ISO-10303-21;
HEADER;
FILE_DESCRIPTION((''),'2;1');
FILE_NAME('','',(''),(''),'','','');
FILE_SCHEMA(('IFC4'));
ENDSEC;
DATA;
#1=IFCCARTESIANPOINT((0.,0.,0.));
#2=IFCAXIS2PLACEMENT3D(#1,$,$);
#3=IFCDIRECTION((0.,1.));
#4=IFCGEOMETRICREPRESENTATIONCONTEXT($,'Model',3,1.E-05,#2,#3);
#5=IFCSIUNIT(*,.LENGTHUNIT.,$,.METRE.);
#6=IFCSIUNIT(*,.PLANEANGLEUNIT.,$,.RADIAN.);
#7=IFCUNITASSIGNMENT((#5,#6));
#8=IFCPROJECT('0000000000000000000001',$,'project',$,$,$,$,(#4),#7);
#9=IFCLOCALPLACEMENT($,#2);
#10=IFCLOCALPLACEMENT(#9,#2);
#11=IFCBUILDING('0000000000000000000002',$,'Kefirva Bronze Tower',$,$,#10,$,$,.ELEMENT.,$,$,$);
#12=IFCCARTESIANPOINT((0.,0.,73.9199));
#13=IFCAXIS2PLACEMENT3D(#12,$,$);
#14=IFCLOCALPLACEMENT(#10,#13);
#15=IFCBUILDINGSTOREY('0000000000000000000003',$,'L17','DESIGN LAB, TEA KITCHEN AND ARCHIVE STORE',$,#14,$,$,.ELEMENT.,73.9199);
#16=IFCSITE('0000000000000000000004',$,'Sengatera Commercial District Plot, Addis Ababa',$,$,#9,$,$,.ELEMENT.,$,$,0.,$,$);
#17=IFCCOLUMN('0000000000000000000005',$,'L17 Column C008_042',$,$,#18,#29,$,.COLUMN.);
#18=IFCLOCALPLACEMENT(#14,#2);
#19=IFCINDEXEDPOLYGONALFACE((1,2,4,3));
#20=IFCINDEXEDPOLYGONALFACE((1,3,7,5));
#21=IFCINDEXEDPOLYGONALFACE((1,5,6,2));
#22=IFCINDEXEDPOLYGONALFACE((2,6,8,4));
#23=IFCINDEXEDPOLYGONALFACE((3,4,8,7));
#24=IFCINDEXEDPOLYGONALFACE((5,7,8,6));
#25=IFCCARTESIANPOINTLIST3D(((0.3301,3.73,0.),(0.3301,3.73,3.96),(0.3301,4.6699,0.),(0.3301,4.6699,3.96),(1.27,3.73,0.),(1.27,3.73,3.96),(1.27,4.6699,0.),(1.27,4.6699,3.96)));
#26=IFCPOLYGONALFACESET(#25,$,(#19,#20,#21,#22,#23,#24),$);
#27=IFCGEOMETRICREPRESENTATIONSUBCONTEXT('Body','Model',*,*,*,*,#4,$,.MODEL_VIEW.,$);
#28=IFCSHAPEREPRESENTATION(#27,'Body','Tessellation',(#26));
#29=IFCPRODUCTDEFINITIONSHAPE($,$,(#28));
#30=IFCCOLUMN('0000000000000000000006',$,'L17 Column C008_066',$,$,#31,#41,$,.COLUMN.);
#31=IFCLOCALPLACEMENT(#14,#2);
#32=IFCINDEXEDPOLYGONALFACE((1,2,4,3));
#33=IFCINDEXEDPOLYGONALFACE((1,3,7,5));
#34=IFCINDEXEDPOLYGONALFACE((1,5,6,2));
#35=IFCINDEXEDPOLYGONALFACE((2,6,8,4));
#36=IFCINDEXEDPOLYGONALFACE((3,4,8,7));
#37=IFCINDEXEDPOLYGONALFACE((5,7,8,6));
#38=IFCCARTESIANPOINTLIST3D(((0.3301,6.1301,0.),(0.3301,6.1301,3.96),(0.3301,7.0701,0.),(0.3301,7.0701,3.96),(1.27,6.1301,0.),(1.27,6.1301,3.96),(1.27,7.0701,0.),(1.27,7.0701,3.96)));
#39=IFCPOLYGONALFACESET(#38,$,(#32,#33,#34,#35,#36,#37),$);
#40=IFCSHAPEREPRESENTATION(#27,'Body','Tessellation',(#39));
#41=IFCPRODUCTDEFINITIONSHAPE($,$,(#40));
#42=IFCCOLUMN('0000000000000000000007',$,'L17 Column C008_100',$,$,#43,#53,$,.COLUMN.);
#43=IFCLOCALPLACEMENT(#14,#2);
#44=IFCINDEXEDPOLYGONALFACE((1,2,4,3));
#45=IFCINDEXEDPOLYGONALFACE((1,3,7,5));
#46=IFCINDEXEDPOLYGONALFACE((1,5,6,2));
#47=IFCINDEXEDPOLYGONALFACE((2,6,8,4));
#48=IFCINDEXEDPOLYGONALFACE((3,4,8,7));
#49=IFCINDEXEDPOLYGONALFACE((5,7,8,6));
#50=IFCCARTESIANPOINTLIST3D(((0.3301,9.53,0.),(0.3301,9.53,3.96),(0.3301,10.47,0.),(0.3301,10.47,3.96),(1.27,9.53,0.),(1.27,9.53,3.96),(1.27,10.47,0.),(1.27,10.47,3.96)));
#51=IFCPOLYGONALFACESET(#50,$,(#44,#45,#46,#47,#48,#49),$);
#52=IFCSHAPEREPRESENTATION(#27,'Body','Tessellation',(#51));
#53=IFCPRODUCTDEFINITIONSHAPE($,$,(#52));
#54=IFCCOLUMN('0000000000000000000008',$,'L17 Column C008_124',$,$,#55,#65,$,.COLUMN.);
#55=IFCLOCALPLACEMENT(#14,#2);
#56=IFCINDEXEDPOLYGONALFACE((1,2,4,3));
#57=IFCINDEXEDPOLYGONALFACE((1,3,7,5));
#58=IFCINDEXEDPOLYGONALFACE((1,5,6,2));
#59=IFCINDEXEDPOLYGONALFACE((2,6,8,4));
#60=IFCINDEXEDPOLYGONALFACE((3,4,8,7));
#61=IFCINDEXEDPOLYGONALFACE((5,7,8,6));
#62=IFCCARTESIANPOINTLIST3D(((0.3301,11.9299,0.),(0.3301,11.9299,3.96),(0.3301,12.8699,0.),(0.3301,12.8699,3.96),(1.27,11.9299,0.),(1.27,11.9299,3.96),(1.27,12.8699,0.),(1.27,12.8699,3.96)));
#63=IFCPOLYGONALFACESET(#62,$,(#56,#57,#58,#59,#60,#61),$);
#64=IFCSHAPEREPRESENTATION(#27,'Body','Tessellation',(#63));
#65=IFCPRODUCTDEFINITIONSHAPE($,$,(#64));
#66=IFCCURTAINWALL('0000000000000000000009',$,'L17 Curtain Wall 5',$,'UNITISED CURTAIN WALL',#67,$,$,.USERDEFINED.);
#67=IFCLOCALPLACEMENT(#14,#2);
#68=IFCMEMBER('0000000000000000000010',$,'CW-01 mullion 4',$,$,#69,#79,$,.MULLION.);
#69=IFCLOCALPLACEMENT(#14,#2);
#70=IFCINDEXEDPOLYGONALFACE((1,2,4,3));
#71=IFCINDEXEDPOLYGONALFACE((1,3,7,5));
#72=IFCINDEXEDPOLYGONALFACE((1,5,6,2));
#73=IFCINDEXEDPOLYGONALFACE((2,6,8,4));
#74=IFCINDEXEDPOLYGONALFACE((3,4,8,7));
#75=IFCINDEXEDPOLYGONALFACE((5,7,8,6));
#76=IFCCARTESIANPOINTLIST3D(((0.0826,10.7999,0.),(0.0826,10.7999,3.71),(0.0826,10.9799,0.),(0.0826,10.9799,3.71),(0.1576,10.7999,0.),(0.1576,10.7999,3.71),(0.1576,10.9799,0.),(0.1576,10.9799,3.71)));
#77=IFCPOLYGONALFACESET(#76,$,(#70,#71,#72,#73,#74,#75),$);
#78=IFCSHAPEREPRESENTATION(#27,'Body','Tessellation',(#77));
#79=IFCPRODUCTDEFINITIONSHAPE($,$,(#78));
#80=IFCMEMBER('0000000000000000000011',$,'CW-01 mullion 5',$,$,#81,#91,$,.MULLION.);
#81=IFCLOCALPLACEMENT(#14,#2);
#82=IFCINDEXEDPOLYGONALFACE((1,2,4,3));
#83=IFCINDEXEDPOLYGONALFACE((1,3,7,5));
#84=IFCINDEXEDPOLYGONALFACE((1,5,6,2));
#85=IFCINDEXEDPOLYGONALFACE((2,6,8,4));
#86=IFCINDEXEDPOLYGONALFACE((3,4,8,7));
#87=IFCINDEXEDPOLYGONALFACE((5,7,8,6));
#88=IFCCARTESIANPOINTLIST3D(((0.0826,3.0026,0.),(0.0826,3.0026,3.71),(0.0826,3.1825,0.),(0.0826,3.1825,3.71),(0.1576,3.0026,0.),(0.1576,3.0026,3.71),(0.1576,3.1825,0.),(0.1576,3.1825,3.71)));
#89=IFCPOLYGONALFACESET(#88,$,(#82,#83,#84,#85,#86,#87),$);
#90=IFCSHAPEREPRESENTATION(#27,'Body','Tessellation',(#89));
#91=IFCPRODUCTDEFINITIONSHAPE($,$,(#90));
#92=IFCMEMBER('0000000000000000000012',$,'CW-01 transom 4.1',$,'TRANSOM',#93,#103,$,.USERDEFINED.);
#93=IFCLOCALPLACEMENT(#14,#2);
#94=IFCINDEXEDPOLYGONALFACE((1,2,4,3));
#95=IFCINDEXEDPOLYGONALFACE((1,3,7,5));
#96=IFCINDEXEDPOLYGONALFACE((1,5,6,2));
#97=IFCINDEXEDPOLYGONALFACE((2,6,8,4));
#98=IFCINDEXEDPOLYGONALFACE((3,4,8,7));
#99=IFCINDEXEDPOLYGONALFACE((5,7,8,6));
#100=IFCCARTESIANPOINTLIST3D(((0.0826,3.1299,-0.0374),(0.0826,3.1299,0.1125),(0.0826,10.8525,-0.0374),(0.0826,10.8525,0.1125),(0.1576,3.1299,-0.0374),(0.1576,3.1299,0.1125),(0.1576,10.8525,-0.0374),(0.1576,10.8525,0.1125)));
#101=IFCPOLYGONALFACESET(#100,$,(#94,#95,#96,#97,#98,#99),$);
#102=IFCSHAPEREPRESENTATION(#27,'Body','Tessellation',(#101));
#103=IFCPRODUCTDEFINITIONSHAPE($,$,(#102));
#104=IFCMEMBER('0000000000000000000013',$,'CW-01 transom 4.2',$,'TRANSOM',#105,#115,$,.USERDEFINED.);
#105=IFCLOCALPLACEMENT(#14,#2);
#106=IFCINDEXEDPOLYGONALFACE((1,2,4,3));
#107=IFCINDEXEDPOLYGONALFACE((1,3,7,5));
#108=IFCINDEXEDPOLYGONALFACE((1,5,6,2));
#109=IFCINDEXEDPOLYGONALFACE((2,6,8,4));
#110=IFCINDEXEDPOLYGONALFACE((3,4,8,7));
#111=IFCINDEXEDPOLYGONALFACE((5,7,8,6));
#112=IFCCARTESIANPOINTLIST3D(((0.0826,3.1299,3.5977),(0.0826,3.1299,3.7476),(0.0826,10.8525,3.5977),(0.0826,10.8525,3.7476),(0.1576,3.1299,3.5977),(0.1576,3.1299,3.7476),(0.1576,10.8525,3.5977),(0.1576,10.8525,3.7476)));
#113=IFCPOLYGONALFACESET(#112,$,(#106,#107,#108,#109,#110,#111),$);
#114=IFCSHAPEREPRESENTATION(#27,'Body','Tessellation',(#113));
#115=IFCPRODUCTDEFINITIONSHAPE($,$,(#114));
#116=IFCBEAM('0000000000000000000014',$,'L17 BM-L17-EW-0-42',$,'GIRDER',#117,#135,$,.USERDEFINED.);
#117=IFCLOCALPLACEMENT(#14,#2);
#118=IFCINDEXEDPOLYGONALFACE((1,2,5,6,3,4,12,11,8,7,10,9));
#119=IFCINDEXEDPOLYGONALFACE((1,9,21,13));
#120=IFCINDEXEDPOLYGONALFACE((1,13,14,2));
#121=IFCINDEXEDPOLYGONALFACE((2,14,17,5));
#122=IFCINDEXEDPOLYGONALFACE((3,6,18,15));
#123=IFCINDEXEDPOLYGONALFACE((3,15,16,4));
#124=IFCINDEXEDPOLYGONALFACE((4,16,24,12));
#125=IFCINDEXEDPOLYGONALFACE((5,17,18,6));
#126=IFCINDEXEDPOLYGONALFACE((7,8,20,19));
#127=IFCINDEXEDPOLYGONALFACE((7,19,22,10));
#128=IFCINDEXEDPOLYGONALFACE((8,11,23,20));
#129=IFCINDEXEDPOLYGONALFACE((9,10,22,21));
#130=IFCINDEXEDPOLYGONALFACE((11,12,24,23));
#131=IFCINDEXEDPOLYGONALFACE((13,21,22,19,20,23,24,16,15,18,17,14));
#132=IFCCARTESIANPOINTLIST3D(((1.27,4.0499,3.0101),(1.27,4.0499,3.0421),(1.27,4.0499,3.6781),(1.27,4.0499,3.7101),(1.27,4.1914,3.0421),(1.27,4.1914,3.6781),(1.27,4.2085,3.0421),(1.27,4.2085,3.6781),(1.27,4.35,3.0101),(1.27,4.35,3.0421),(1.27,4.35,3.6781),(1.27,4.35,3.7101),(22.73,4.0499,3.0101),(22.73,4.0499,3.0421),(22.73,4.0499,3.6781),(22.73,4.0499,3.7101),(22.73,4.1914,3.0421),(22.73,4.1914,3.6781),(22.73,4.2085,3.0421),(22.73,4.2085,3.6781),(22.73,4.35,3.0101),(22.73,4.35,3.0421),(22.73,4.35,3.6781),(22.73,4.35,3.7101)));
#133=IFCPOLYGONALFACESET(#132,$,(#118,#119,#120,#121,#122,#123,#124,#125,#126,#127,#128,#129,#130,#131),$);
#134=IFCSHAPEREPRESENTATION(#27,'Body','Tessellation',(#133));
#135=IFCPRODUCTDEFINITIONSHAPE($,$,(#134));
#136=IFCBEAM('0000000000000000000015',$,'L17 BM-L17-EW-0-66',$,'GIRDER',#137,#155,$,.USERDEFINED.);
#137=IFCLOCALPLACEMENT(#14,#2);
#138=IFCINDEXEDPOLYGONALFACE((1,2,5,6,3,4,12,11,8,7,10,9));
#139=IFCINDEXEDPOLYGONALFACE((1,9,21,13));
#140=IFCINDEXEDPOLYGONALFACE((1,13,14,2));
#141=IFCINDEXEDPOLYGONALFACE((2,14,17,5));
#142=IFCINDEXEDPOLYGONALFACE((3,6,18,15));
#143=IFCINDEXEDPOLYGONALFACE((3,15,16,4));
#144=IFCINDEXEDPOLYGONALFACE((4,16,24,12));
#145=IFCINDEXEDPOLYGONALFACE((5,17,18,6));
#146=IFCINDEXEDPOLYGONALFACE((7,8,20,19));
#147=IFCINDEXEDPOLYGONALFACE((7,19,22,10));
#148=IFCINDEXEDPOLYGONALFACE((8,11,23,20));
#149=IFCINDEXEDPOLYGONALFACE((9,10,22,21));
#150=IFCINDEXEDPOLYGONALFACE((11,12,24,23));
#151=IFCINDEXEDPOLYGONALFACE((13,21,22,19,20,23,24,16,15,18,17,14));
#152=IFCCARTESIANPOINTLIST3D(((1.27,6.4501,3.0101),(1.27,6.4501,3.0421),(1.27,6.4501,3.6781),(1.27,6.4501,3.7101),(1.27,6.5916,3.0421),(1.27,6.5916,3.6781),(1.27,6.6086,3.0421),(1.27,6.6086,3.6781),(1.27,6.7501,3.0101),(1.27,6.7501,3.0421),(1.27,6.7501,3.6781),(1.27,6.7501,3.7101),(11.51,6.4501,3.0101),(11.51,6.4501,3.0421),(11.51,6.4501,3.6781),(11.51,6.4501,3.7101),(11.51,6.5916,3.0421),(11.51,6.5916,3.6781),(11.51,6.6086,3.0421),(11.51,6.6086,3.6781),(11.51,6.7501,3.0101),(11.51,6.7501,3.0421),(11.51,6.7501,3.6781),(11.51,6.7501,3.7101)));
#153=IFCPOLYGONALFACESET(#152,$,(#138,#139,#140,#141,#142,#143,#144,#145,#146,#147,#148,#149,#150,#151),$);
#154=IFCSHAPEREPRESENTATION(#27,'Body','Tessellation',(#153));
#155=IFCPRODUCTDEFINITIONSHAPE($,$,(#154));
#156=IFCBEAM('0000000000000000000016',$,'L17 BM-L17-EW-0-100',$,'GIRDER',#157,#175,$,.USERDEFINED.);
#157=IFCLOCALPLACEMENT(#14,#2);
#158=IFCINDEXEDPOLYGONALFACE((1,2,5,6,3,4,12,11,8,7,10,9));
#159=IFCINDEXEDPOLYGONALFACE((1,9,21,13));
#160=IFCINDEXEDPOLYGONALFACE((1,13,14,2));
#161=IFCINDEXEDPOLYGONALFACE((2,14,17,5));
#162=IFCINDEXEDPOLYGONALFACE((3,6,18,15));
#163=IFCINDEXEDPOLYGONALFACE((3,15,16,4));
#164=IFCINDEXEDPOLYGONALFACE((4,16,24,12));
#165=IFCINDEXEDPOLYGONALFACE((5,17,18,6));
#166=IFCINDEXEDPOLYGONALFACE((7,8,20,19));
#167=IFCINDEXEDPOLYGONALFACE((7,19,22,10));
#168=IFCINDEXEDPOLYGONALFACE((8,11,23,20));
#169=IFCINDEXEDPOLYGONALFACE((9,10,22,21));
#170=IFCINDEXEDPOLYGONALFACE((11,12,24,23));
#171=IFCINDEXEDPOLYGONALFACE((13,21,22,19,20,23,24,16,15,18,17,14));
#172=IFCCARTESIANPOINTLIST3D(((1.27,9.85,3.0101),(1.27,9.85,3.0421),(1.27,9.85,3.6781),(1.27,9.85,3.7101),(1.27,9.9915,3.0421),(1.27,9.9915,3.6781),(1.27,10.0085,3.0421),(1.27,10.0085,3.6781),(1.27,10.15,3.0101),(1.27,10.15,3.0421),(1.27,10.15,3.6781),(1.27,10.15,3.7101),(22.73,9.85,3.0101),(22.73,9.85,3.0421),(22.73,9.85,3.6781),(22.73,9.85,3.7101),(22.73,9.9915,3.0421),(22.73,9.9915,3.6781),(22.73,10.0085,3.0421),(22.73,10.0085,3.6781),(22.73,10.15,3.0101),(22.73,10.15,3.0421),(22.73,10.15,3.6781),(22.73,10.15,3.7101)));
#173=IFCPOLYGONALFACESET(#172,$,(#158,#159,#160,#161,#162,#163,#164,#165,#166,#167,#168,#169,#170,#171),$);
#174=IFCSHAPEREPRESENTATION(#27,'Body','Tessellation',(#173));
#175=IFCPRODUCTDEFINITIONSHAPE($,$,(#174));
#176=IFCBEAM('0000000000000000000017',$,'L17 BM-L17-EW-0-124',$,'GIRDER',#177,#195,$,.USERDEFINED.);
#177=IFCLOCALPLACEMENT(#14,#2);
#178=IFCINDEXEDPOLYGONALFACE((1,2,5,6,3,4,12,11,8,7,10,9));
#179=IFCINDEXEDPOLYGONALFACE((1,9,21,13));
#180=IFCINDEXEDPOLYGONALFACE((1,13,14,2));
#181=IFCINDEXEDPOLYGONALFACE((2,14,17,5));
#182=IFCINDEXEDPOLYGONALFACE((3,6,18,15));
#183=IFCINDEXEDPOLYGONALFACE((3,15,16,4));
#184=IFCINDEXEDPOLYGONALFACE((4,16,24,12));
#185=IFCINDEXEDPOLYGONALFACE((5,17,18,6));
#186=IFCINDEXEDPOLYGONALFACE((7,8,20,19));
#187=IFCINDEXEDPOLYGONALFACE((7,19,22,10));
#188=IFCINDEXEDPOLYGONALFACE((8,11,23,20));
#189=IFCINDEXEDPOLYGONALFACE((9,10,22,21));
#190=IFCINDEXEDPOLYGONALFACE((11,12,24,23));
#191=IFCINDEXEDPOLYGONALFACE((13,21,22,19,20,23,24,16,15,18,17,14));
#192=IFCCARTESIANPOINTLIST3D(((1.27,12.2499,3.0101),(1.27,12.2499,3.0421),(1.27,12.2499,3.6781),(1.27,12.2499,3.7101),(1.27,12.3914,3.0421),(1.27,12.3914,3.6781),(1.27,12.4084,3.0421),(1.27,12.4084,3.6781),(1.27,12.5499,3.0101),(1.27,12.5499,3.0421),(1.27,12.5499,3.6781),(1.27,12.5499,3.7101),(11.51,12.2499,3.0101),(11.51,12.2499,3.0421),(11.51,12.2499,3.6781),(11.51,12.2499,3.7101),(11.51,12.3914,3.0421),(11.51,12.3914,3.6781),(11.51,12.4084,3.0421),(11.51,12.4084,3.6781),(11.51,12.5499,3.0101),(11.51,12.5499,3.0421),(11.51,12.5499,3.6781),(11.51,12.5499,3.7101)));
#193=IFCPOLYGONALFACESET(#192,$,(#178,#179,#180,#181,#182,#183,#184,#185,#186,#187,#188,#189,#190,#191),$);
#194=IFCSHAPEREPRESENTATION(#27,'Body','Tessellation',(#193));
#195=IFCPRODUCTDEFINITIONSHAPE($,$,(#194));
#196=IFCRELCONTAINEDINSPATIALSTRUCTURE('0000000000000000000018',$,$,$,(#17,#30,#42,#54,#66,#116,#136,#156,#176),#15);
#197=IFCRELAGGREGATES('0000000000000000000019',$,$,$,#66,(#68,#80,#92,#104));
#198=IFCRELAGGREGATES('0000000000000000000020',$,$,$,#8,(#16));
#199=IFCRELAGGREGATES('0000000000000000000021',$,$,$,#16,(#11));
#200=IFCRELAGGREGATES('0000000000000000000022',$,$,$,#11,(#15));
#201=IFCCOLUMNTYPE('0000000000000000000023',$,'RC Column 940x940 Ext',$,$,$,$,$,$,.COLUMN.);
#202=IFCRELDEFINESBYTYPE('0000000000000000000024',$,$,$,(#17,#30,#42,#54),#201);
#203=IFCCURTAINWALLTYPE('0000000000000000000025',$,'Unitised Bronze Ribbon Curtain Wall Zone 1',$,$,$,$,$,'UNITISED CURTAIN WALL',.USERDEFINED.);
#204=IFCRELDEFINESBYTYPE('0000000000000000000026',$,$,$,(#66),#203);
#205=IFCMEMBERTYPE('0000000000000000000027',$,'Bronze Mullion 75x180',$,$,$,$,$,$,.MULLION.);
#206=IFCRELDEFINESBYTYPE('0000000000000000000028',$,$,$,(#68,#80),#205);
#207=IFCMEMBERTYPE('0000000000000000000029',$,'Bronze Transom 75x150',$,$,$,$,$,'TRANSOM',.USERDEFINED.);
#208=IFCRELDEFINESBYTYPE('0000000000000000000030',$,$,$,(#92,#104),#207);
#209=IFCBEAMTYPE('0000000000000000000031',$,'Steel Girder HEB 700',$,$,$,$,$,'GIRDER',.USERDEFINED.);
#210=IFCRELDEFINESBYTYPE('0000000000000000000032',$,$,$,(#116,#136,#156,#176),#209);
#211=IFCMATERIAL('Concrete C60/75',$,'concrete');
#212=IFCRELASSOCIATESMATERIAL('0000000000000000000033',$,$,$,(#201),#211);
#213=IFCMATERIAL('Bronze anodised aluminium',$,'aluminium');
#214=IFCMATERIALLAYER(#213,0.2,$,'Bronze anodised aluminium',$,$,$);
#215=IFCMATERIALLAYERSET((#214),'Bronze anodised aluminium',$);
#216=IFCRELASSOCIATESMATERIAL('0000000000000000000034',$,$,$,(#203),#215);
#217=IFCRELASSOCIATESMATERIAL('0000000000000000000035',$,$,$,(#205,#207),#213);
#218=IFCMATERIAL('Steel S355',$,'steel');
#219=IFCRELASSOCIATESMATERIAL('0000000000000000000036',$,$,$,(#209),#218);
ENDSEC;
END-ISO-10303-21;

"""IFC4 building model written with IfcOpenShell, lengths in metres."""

from ifc_helpers import new_model, si_unit, direction, frame, origin, origin_2d, place, context, subcontext, project, spatial, rectangle, i_section, extrude, material, layer, layer_set, material_profile, profile_set, type_object, element, aggregate, save


model = new_model("IFC4")

# Units and contexts
model_context = context("Model", 3, precision=1e-05, world=origin(), true_north=direction((0.0, 1.0)))
body_context = subcontext(model_context, "Body", "Model", "MODEL_VIEW")
ifc_project = project(units=[si_unit("LENGTHUNIT", "METRE"), si_unit("PLANEANGLEUNIT", "RADIAN")], contexts=[model_context])

# Site, building, storey
site_placement = place(None, origin())
site = spatial("IfcSite", under=ifc_project, at=site_placement, Name="Sengatera Commercial District Plot, Addis Ababa", CompositionType="ELEMENT", RefElevation=0.0)
building_placement = place(site_placement, origin())
building = spatial("IfcBuilding", under=site, at=building_placement, Name="Kefirva Bronze Tower", CompositionType="ELEMENT")
storey_placement = place(building_placement, frame((0.0, 0.0, 73.9199)))
storey = spatial("IfcBuildingStorey", under=building, at=storey_placement, Name="L17", Description="DESIGN LAB, TEA KITCHEN AND ARCHIVE STORE", CompositionType="ELEMENT", Elevation=73.9199)

# Columns
ifc_material_1 = material(Name="Concrete C60/75", Category="concrete")
ifc_material_profile_1 = material_profile(ifc_material_1, rectangle(XDim=0.9399, YDim=0.9399, at=origin_2d()), Name="RC 940x940")
ifc_profile_set_1 = profile_set([ifc_material_profile_1], Name="Concrete C60/75")
column_type = type_object("IfcColumnType", Name="RC Column 940x940 Ext", PredefinedType="COLUMN", material=ifc_profile_set_1)
for number, where, z_axis, x_axis, name in (
    (1, (0.8, 4.2, 0.0), (0.0, 0.0, 1.0), (1.0, 0.0, 0.0), "L17 Column C008_042"),
    (2, (0.8, 6.6001, 0.0), (0.0, 0.0, 1.0), (1.0, 0.0, 0.0), "L17 Column C008_066"),
    (3, (0.8, 10.0, 0.0), (0.0, 0.0, 1.0), (1.0, 0.0, 0.0), "L17 Column C008_100"),
    (4, (0.8, 12.3999, 0.0), (0.0, 0.0, 1.0), (1.0, 0.0, 0.0), "L17 Column C008_124"),
):
    element("IfcColumn", number, at=place(storey_placement, frame(where, z_axis=z_axis, x_axis=x_axis)), inside=storey, type_object=column_type, Name=name, PredefinedType="COLUMN", context=body_context, shape_type="SweptSolid", body=[
        extrude(rectangle(XDim=0.9399, YDim=0.9399, at=origin_2d()), origin(), (0.0, 0.0, 1.0), 3.96),
    ])

# Curtain wall, members
ifc_material_2 = material(Name="Bronze anodised aluminium", Category="aluminium")
ifc_layer_1 = layer(ifc_material_2, 0.2, Name="Bronze anodised aluminium")
ifc_layer_set_1 = layer_set([ifc_layer_1], Name="Bronze anodised aluminium")
curtain_wall_type = type_object("IfcCurtainWallType", Name="Unitised Bronze Ribbon Curtain Wall Zone 1", ElementType="UNITISED CURTAIN WALL", PredefinedType="USERDEFINED", material=ifc_layer_set_1)
curtain_wall_placement = place(storey_placement, origin())
curtain_wall = element("IfcCurtainWall", 5, at=curtain_wall_placement, inside=storey, type_object=curtain_wall_type, Name="L17 Curtain Wall 5", ObjectType="UNITISED CURTAIN WALL", PredefinedType="USERDEFINED")
ifc_material_profile_2 = material_profile(ifc_material_2, rectangle(XDim=0.075, YDim=0.1799, at=origin_2d()), Name="ALU 75x180")
ifc_profile_set_2 = profile_set([ifc_material_profile_2], Name="Bronze anodised aluminium")
member_type_1 = type_object("IfcMemberType", Name="Bronze Mullion 75x180", PredefinedType="MULLION", material=ifc_profile_set_2)
member_1_placement = place(storey_placement, frame((0.1201, 10.8899, 0.0), z_axis=(0.0, 0.0, 1.0), x_axis=(1.0, 0.0, 0.0)))
member_1 = element("IfcMember", 6, at=member_1_placement, type_object=member_type_1, Name="CW-01 mullion 4", PredefinedType="MULLION", context=body_context, shape_type="SweptSolid", body=[
    extrude(rectangle(XDim=0.075, YDim=0.1799, at=origin_2d()), origin(), (0.0, 0.0, 1.0), 3.71),
])
member_2_placement = place(storey_placement, frame((0.1201, 3.0925, 0.0), z_axis=(0.0, 0.0, 1.0), x_axis=(1.0, 0.0, 0.0)))
member_2 = element("IfcMember", 7, at=member_2_placement, type_object=member_type_1, Name="CW-01 mullion 5", PredefinedType="MULLION", context=body_context, shape_type="SweptSolid", body=[
    extrude(rectangle(XDim=0.075, YDim=0.1799, at=origin_2d()), origin(), (0.0, 0.0, 1.0), 3.71),
])
ifc_material_profile_3 = material_profile(ifc_material_2, rectangle(XDim=0.075, YDim=0.1499, at=origin_2d()), Name="ALU 75x150")
ifc_profile_set_3 = profile_set([ifc_material_profile_3], Name="Bronze anodised aluminium")
member_type_2 = type_object("IfcMemberType", Name="Bronze Transom 75x150", ElementType="TRANSOM", PredefinedType="USERDEFINED", material=ifc_profile_set_3)
member_3_placement = place(storey_placement, frame((0.1201, 10.8525, 0.0376), z_axis=(0.0, -1.0, 0.0), x_axis=(1.0, 0.0, 0.0)))
member_3 = element("IfcMember", 8, at=member_3_placement, type_object=member_type_2, Name="CW-01 transom 4.1", ObjectType="TRANSOM", PredefinedType="USERDEFINED", context=body_context, shape_type="SweptSolid", body=[
    extrude(rectangle(XDim=0.075, YDim=0.1499, at=origin_2d()), origin(), (0.0, 0.0, 1.0), 7.7227),
])
member_4_placement = place(storey_placement, frame((0.1201, 10.8525, 3.6726), z_axis=(0.0, -1.0, 0.0), x_axis=(1.0, 0.0, 0.0)))
member_4 = element("IfcMember", 9, at=member_4_placement, type_object=member_type_2, Name="CW-01 transom 4.2", ObjectType="TRANSOM", PredefinedType="USERDEFINED", context=body_context, shape_type="SweptSolid", body=[
    extrude(rectangle(XDim=0.075, YDim=0.1499, at=origin_2d()), origin(), (0.0, 0.0, 1.0), 7.7227),
])

# Beams
ifc_material_3 = material(Name="Steel S355", Category="steel")
ifc_material_profile_4 = material_profile(ifc_material_3, i_section(OverallWidth=0.3, OverallDepth=0.7, WebThickness=0.0171, FlangeThickness=0.032, at=origin_2d()), Name="HEB 700")
ifc_profile_set_4 = profile_set([ifc_material_profile_4], Name="Steel S355")
beam_type_1 = type_object("IfcBeamType", Name="Steel Girder HEB 700", ElementType="GIRDER", PredefinedType="USERDEFINED", material=ifc_profile_set_4)
beam_1_placement = place(storey_placement, frame((1.27, 4.2, 3.3601), z_axis=(1.0, 0.0, 0.0), x_axis=(0.0, 1.0, 0.0)))
element("IfcBeam", 10, at=beam_1_placement, inside=storey, type_object=beam_type_1, Name="L17 BM-L17-EW-0-42", ObjectType="GIRDER", PredefinedType="USERDEFINED", context=body_context, shape_type="SweptSolid", body=[
    extrude(i_section(OverallWidth=0.3, OverallDepth=0.7, WebThickness=0.0171, FlangeThickness=0.032, at=origin_2d()), origin(), (0.0, 0.0, 1.0), 21.46),
])
beam_2_placement = place(storey_placement, frame((1.27, 6.6001, 3.3601), z_axis=(1.0, 0.0, 0.0), x_axis=(0.0, 1.0, 0.0)))
element("IfcBeam", 11, at=beam_2_placement, inside=storey, type_object=beam_type_1, Name="L17 BM-L17-EW-0-66", ObjectType="GIRDER", PredefinedType="USERDEFINED", context=body_context, shape_type="SweptSolid", body=[
    extrude(i_section(OverallWidth=0.3, OverallDepth=0.7, WebThickness=0.0171, FlangeThickness=0.032, at=origin_2d()), origin(), (0.0, 0.0, 1.0), 10.24),
])
beam_3_placement = place(storey_placement, frame((1.27, 10.0, 3.3601), z_axis=(1.0, 0.0, 0.0), x_axis=(0.0, 1.0, 0.0)))
element("IfcBeam", 12, at=beam_3_placement, inside=storey, type_object=beam_type_1, Name="L17 BM-L17-EW-0-100", ObjectType="GIRDER", PredefinedType="USERDEFINED", context=body_context, shape_type="SweptSolid", body=[
    extrude(i_section(OverallWidth=0.3, OverallDepth=0.7, WebThickness=0.0171, FlangeThickness=0.032, at=origin_2d()), origin(), (0.0, 0.0, 1.0), 21.46),
])
beam_4_placement = place(storey_placement, frame((1.27, 12.3999, 3.3601), z_axis=(1.0, 0.0, 0.0), x_axis=(0.0, 1.0, 0.0)))
element("IfcBeam", 13, at=beam_4_placement, inside=storey, type_object=beam_type_1, Name="L17 BM-L17-EW-0-124", ObjectType="GIRDER", PredefinedType="USERDEFINED", context=body_context, shape_type="SweptSolid", body=[
    extrude(i_section(OverallWidth=0.3, OverallDepth=0.7, WebThickness=0.0171, FlangeThickness=0.032, at=origin_2d()), origin(), (0.0, 0.0, 1.0), 10.24),
])

aggregate(curtain_wall, [member_1, member_2, member_3, member_4])

save(model, "model.ifc")
